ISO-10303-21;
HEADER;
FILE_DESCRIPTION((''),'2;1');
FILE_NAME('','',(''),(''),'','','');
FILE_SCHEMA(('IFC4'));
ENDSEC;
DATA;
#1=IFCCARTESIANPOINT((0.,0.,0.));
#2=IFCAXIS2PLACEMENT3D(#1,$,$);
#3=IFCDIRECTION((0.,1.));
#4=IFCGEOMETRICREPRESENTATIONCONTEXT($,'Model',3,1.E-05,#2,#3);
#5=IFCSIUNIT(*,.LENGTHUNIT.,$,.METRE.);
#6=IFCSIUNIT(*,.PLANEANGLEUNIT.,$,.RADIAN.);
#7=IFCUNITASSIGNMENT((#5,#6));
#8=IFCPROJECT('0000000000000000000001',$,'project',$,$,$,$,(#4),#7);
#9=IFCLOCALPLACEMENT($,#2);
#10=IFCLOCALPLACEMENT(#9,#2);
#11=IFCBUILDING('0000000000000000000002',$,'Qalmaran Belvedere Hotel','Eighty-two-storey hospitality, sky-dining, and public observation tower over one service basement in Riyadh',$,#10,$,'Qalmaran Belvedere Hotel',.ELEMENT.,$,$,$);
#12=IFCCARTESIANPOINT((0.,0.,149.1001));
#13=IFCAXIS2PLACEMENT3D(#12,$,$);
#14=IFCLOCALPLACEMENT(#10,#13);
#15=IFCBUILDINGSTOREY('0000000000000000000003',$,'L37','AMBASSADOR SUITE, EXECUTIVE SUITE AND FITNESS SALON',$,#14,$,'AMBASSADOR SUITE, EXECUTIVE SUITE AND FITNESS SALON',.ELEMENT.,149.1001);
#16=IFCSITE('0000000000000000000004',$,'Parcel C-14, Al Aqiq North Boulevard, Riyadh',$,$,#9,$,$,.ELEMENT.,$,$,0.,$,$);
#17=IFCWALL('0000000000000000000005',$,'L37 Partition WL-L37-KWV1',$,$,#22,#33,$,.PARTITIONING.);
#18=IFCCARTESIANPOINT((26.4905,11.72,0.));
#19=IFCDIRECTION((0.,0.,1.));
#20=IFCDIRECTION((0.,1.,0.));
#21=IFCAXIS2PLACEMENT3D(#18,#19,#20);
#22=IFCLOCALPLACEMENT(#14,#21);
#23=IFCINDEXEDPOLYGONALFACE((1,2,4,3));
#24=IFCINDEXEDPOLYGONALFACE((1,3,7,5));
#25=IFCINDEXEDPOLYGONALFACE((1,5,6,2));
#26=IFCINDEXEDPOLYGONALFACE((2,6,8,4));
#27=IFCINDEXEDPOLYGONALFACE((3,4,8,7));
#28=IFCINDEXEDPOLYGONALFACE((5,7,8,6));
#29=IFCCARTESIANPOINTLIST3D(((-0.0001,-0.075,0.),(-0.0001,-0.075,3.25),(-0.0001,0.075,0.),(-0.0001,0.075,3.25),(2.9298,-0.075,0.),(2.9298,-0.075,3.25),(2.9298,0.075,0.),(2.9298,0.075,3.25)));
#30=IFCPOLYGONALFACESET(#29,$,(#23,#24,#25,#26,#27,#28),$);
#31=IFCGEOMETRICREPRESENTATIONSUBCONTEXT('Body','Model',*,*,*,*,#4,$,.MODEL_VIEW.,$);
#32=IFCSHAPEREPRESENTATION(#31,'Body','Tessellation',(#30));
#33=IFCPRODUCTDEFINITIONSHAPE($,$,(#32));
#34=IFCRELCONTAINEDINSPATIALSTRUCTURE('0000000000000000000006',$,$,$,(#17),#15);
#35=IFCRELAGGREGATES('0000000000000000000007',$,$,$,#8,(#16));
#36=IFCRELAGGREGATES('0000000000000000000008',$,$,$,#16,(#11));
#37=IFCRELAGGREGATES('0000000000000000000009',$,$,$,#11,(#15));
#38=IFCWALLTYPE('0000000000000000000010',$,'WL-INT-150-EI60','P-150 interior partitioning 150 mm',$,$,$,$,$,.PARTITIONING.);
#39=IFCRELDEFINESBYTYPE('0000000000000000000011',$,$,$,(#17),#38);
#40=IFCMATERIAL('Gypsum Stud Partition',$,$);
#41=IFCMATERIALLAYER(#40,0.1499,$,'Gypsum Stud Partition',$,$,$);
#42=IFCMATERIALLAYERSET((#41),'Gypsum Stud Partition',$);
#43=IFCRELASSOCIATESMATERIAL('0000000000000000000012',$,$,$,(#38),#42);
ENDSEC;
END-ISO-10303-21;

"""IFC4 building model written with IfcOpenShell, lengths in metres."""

from ifc_helpers import new_model, si_unit, direction, frame, frame_2d, origin, place, context, subcontext, project, spatial, rectangle, extrude, material, layer, layer_set, type_object, element, save


model = new_model("IFC4")

# Units and contexts
model_context = context("Model", 3, precision=1e-05, world=origin(), true_north=direction((0.0, 1.0)))
body_context = subcontext(model_context, "Body", "Model", "MODEL_VIEW")
ifc_project = project(units=[si_unit("LENGTHUNIT", "METRE"), si_unit("PLANEANGLEUNIT", "RADIAN")], contexts=[model_context])

# Site, building, storey
site_placement = place(None, origin())
site = spatial("IfcSite", under=ifc_project, at=site_placement, Name="Parcel C-14, Al Aqiq North Boulevard, Riyadh", CompositionType="ELEMENT", RefElevation=0.0)
building_placement = place(site_placement, origin())
building = spatial("IfcBuilding", under=site, at=building_placement, Name="Qalmaran Belvedere Hotel", Description="Eighty-two-storey hospitality, sky-dining, and public observation tower over one service basement in Riyadh", LongName="Qalmaran Belvedere Hotel", CompositionType="ELEMENT")
storey_placement = place(building_placement, frame((0.0, 0.0, 149.1001)))
storey = spatial("IfcBuildingStorey", under=building, at=storey_placement, Name="L37", Description="AMBASSADOR SUITE, EXECUTIVE SUITE AND FITNESS SALON", LongName="AMBASSADOR SUITE, EXECUTIVE SUITE AND FITNESS SALON", CompositionType="ELEMENT", Elevation=149.1001)

# Wall
ifc_material_1 = material(Name="Gypsum Stud Partition")
ifc_layer_1 = layer(ifc_material_1, 0.1499, Name="Gypsum Stud Partition")
ifc_layer_set_1 = layer_set([ifc_layer_1], Name="Gypsum Stud Partition")
wall_type_1 = type_object("IfcWallType", Name="WL-INT-150-EI60", Description="P-150 interior partitioning 150 mm", PredefinedType="PARTITIONING", material=ifc_layer_set_1)
wall_1_placement = place(storey_placement, frame((26.4905, 11.72, 0.0), z_axis=(0.0, 0.0, 1.0), x_axis=(0.0, 1.0, 0.0)))
element("IfcWall", 1, at=wall_1_placement, inside=storey, type_object=wall_type_1, Name="L37 Partition WL-L37-KWV1", PredefinedType="PARTITIONING", context=body_context, shape_type="SweptSolid", body=[
    extrude(rectangle(XDim=2.9299, YDim=0.1499, at=frame_2d((1.4648, 0.0))), origin(), (0.0, 0.0, 1.0), 3.25),
])

save(model, "model.ifc")
